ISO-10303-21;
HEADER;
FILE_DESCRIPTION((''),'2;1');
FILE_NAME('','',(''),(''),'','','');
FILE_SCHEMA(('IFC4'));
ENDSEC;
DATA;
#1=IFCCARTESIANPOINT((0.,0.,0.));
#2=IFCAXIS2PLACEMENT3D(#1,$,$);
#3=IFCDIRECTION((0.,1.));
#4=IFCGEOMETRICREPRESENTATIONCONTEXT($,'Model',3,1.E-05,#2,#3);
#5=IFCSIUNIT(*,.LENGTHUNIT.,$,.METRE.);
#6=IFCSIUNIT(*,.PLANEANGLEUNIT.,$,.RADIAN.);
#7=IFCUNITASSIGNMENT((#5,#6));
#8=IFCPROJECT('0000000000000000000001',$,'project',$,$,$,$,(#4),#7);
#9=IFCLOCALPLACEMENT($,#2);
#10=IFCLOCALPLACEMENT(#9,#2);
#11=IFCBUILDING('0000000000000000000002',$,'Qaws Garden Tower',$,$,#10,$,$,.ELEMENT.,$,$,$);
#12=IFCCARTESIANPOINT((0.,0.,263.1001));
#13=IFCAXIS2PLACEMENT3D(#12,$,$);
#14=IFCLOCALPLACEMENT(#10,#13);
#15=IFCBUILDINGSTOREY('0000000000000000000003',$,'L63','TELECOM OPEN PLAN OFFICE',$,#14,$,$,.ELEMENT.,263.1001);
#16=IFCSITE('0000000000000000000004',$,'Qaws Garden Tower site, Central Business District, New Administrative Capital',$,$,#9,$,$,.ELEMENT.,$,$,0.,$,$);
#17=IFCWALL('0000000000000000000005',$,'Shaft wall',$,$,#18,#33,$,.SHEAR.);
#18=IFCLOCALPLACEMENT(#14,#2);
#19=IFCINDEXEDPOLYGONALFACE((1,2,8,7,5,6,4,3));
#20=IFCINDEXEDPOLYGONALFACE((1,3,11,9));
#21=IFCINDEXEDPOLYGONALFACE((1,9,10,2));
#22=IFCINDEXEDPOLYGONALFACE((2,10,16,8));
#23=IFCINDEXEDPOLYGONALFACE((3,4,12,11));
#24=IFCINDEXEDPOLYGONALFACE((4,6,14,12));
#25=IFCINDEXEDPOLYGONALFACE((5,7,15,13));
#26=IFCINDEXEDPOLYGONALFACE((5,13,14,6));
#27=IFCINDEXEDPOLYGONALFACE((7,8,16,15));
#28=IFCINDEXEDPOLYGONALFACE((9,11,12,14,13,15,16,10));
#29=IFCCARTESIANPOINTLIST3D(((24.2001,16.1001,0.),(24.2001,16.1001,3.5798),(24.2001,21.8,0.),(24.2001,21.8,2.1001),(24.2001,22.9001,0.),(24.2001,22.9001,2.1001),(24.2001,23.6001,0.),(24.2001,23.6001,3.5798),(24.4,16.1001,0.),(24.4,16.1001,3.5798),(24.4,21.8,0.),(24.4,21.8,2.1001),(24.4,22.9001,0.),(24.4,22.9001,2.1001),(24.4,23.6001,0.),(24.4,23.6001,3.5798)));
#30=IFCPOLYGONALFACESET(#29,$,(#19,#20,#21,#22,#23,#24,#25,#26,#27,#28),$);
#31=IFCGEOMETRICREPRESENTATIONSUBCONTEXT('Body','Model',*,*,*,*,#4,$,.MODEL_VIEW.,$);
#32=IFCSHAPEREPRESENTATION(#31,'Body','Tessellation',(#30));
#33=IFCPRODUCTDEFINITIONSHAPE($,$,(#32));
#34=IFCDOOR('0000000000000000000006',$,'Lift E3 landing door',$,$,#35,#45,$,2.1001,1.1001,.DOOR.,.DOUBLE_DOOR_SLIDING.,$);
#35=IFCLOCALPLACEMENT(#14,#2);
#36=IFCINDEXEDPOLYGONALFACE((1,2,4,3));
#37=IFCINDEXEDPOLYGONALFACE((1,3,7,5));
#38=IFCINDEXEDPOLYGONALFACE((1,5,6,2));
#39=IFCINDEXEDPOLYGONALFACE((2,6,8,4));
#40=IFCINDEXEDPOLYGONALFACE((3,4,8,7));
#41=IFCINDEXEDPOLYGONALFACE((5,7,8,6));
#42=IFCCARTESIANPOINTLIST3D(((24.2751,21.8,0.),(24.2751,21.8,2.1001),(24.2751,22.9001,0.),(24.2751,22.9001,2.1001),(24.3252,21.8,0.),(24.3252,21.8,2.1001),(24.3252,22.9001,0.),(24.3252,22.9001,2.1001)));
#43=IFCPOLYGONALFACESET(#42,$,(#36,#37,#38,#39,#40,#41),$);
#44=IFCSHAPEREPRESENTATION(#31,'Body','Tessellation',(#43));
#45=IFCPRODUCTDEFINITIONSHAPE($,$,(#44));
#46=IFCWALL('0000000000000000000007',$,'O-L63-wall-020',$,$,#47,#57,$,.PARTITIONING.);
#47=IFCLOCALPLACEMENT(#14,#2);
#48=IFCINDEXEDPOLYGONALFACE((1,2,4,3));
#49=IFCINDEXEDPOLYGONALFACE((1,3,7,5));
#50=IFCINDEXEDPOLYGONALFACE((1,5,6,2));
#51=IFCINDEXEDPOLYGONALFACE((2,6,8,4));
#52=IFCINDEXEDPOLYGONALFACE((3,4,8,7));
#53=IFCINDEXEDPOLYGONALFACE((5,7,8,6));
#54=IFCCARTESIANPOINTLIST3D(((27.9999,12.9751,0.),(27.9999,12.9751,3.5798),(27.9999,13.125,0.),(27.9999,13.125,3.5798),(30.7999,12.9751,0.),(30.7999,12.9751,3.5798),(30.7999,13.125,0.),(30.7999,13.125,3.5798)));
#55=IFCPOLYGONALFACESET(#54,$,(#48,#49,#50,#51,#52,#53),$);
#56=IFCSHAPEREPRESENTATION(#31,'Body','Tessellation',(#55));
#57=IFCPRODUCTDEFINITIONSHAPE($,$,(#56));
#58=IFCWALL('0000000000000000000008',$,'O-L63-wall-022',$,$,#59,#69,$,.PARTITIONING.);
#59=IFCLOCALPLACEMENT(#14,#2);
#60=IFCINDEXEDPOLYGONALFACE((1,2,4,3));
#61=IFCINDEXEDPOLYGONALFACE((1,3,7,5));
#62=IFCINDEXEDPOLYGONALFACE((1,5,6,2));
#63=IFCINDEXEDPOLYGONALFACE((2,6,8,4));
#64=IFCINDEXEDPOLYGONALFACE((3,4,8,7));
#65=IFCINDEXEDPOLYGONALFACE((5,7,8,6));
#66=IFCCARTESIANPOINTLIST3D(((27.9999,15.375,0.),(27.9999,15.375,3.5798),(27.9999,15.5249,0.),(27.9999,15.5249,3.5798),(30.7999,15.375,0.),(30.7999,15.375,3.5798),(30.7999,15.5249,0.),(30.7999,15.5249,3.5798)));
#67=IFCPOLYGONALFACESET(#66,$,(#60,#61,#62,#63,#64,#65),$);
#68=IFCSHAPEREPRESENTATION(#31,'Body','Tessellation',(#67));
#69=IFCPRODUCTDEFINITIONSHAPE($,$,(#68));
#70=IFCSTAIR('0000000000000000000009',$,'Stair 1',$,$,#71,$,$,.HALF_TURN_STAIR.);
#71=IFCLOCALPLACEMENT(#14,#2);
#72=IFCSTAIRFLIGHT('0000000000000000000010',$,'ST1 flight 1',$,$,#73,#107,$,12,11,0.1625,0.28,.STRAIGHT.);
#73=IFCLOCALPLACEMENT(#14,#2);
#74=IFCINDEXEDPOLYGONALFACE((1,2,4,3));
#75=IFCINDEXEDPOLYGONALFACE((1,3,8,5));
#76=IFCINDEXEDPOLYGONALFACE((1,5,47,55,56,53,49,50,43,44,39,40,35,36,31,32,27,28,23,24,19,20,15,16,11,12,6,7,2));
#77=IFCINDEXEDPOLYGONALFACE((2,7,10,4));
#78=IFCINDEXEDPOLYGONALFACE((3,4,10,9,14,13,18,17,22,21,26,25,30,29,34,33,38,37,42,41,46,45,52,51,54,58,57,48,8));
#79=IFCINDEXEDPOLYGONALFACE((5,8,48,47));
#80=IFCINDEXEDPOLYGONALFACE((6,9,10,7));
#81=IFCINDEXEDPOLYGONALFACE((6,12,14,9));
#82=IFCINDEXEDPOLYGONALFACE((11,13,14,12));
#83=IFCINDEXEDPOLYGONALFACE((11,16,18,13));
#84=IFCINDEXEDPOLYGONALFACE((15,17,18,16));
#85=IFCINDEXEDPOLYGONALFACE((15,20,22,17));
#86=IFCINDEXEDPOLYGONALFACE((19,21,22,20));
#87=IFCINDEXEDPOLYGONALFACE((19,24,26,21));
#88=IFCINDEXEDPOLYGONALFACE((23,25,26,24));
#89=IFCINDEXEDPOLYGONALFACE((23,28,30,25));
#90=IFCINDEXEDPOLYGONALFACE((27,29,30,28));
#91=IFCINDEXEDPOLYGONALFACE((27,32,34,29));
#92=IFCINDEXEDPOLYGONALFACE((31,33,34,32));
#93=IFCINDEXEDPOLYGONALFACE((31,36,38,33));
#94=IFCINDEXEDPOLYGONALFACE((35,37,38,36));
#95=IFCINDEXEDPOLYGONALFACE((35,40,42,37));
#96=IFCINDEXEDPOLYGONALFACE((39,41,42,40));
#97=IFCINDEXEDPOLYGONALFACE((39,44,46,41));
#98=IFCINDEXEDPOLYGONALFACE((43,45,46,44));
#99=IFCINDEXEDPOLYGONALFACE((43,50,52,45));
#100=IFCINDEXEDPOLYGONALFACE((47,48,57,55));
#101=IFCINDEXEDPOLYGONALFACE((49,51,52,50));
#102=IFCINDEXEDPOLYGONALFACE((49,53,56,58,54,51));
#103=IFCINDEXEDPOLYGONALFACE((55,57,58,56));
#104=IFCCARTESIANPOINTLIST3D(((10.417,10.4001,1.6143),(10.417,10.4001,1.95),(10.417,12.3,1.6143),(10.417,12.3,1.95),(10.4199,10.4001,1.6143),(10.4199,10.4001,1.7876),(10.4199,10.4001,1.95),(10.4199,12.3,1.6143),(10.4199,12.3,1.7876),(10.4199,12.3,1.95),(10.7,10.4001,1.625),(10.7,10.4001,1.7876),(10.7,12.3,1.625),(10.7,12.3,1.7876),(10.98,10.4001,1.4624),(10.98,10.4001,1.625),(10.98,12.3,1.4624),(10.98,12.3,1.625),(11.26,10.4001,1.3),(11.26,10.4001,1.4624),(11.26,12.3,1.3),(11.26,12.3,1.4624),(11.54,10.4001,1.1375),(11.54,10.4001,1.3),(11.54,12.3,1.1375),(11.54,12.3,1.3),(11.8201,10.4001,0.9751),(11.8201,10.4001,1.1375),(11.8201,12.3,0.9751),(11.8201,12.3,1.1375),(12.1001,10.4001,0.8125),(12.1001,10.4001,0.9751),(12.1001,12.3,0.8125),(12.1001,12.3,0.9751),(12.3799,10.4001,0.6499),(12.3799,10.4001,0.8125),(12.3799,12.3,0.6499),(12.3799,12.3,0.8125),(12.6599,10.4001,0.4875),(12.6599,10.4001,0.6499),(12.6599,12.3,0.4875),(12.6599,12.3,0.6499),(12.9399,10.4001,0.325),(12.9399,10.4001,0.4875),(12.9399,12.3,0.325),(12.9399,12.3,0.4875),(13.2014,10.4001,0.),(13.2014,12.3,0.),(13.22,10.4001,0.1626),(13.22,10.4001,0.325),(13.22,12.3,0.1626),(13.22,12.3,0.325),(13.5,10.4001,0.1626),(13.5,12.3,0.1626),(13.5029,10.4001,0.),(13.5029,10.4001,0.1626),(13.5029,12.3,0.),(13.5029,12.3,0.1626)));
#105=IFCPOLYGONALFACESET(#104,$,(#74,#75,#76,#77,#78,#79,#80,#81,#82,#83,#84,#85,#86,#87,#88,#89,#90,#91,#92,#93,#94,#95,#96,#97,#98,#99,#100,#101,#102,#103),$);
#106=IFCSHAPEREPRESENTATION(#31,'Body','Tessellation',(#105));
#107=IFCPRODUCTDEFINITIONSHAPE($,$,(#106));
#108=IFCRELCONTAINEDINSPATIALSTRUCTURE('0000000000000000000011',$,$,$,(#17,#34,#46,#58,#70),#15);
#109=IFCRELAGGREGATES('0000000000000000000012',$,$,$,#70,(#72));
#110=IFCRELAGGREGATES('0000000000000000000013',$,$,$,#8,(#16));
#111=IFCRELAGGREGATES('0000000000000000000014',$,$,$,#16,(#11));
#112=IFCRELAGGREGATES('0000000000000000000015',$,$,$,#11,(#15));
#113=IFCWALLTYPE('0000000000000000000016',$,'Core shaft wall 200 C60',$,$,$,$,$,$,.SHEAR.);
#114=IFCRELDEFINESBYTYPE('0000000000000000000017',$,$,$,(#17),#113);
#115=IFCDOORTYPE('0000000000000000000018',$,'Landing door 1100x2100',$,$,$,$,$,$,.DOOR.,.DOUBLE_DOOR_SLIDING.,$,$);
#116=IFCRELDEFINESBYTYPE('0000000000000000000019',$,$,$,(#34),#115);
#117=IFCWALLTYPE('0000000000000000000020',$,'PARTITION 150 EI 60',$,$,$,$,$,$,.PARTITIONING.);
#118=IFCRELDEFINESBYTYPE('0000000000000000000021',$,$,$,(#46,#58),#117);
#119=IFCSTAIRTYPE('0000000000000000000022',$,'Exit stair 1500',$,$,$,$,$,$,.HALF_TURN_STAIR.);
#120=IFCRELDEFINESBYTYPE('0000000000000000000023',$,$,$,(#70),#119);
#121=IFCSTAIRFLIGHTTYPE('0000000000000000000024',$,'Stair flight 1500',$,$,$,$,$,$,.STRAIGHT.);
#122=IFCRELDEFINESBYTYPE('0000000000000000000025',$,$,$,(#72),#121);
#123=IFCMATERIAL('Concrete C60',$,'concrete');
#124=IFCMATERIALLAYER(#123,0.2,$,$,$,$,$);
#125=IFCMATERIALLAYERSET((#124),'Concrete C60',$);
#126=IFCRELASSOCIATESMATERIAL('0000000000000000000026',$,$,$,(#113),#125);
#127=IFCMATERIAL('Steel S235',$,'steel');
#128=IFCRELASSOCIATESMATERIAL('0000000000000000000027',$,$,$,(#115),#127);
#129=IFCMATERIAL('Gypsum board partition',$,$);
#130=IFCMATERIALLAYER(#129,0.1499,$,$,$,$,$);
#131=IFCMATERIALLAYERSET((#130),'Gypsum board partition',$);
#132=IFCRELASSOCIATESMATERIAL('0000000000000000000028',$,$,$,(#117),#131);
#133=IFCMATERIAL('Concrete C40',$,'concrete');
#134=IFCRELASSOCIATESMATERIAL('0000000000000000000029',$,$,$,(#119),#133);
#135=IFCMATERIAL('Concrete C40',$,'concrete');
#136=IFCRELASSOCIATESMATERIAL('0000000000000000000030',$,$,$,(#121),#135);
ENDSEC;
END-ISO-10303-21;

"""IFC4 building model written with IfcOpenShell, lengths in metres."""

from ifc_helpers import new_model, si_unit, direction, frame, frame_2d, origin, place, context, subcontext, project, spatial, polyline, rectangle, outline, extrude, material, layer, layer_set, type_object, element, fill, aggregate, save


model = new_model("IFC4")

# Units and contexts
model_context = context("Model", 3, precision=1e-05, world=origin(), true_north=direction((0.0, 1.0)))
body_context = subcontext(model_context, "Body", "Model", "MODEL_VIEW")
ifc_project = project(units=[si_unit("LENGTHUNIT", "METRE"), si_unit("PLANEANGLEUNIT", "RADIAN")], contexts=[model_context])

# Site, building, storey
site_placement = place(None, origin())
site = spatial("IfcSite", under=ifc_project, at=site_placement, Name="Qaws Garden Tower site, Central Business District, New Administrative Capital", CompositionType="ELEMENT", RefElevation=0.0)
building_placement = place(site_placement, origin())
building = spatial("IfcBuilding", under=site, at=building_placement, Name="Qaws Garden Tower", CompositionType="ELEMENT")
storey_placement = place(building_placement, frame((0.0, 0.0, 263.1001)))
storey = spatial("IfcBuildingStorey", under=building, at=storey_placement, Name="L63", Description="TELECOM OPEN PLAN OFFICE", CompositionType="ELEMENT", Elevation=263.1001)

# Shared definitions
ifc_material_1 = material(Name="Concrete C60", Category="concrete")
ifc_layer_1 = layer(ifc_material_1, 0.2)
ifc_layer_set_1 = layer_set([ifc_layer_1], Name="Concrete C60")
wall_type_1 = type_object("IfcWallType", Name="Core shaft wall 200 C60", PredefinedType="SHEAR", material=ifc_layer_set_1)
ifc_material_2 = material(Name="Steel S235", Category="steel")
door_type_1 = type_object("IfcDoorType", Name="Landing door 1100x2100", OperationType="DOUBLE_DOOR_SLIDING", PredefinedType="DOOR", material=ifc_material_2)

# Wall, opening, door
wall_1_placement = place(storey_placement, frame((24.3, 16.1001, 0.0), z_axis=(0.0, 0.0, 1.0), x_axis=(0.0, 1.0, 0.0)))
wall_1 = element("IfcWall", 1, at=wall_1_placement, inside=storey, type_object=wall_type_1, Name="Shaft wall", PredefinedType="SHEAR", context=body_context, shape_type="SweptSolid", body=[
    extrude(rectangle(XDim=7.5, YDim=0.2, at=frame_2d((3.75, 0.0))), origin(), (0.0, 0.0, 1.0), 3.5798),
])
opening_1_placement = place(wall_1_placement, frame((5.7, 0.0, 0.0)))
opening_1 = element("IfcOpeningElement", 2, at=opening_1_placement, cuts=wall_1, PredefinedType="OPENING", context=body_context, shape_type="SweptSolid", body=[
    extrude(rectangle(XDim=1.1001, YDim=2.1001, at=frame_2d((0.55, 1.05))), frame((0.0, 0.1099, 0.0), z_axis=(0.0, -1.0, 0.0), x_axis=(1.0, 0.0, 0.0)), (0.0, 0.0, 1.0), 0.22),
])
door_1_placement = place(opening_1_placement, origin())
door_1 = element("IfcDoor", 3, at=door_1_placement, inside=storey, type_object=door_type_1, Name="Lift E3 landing door", OperationType="DOUBLE_DOOR_SLIDING", OverallHeight=2.1001, OverallWidth=1.1001, PredefinedType="DOOR", context=body_context, shape_type="SweptSolid", body=[
    extrude(rectangle(XDim=1.1001, YDim=2.1001, at=frame_2d((0.55, 1.05))), frame((0.0, 0.0249, 0.0), z_axis=(0.0, -1.0, 0.0), x_axis=(1.0, 0.0, 0.0)), (0.0, 0.0, 1.0), 0.05),
])
fill(opening_1, door_1)

# Walls
ifc_material_3 = material(Name="Gypsum board partition")
ifc_layer_2 = layer(ifc_material_3, 0.1499)
ifc_layer_set_2 = layer_set([ifc_layer_2], Name="Gypsum board partition")
wall_type_2 = type_object("IfcWallType", Name="PARTITION 150 EI 60", PredefinedType="PARTITIONING", material=ifc_layer_set_2)
for number, where, z_axis, x_axis, name in (
    (4, (28.0, 13.05, 0.0), (0.0, 0.0, 1.0), (1.0, 0.0, 0.0), "O-L63-wall-020"),
    (5, (28.0, 15.45, 0.0), (0.0, 0.0, 1.0), (1.0, 0.0, 0.0), "O-L63-wall-022"),
):
    element("IfcWall", number, at=place(storey_placement, frame(where, z_axis=z_axis, x_axis=x_axis)), inside=storey, type_object=wall_type_2, Name=name, PredefinedType="PARTITIONING", context=body_context, shape_type="SweptSolid", body=[
        extrude(rectangle(XDim=2.8, YDim=0.1499, at=frame_2d((1.3999, 0.0))), origin(), (0.0, 0.0, 1.0), 3.5798),
    ])

# Stair, stair flight
ifc_material_4 = material(Name="Concrete C40", Category="concrete")
stair_type = type_object("IfcStairType", Name="Exit stair 1500", PredefinedType="HALF_TURN_STAIR", material=ifc_material_4)
stair_placement = place(storey_placement, origin())
stair = element("IfcStair", 6, at=stair_placement, inside=storey, type_object=stair_type, Name="Stair 1", PredefinedType="HALF_TURN_STAIR")
ifc_material_5 = material(Name="Concrete C40", Category="concrete")
stair_flight_type = type_object("IfcStairFlightType", Name="Stair flight 1500", PredefinedType="STRAIGHT", material=ifc_material_5)
stair_flight_placement = place(storey_placement, frame((13.5, 11.3501, 0.0), z_axis=(0.0, 0.0, 1.0), x_axis=(-1.0, 0.0, 0.0)))
stair_flight = element("IfcStairFlight", 7, at=stair_flight_placement, type_object=stair_flight_type, Name="ST1 flight 1", NumberOfRisers=12, NumberOfTreads=11, PredefinedType="STRAIGHT", RiserHeight=0.1625, TreadLength=0.28, context=body_context, shape_type="SweptSolid", body=[
    extrude(outline(polyline([(-0.0029, 0.0), (-0.0029, 0.1626), (0.0, 0.1626), (0.28, 0.1626), (0.28, 0.325), (0.5601, 0.325), (0.5601, 0.4875), (0.8401, 0.4875), (0.8401, 0.6499), (1.1201, 0.6499), (1.1201, 0.8125), (1.3999, 0.8125), (1.3999, 0.9751), (1.6799, 0.9751), (1.6799, 1.1375), (1.96, 1.1375), (1.96, 1.3), (2.24, 1.3), (2.24, 1.4624), (2.52, 1.4624), (2.52, 1.625), (2.8, 1.625), (2.8, 1.7876), (3.0801, 1.7876), (3.0801, 1.95), (3.083, 1.95), (3.083, 1.6143), (3.0801, 1.6143), (0.2986, 0.0), (-0.0029, 0.0)])), frame((0.0, 0.95, 0.0), z_axis=(0.0, -1.0, 0.0), x_axis=(1.0, 0.0, 0.0)), (0.0, 0.0, 1.0), 1.8999),
])
aggregate(stair, [stair_flight])

save(model, "model.ifc")
